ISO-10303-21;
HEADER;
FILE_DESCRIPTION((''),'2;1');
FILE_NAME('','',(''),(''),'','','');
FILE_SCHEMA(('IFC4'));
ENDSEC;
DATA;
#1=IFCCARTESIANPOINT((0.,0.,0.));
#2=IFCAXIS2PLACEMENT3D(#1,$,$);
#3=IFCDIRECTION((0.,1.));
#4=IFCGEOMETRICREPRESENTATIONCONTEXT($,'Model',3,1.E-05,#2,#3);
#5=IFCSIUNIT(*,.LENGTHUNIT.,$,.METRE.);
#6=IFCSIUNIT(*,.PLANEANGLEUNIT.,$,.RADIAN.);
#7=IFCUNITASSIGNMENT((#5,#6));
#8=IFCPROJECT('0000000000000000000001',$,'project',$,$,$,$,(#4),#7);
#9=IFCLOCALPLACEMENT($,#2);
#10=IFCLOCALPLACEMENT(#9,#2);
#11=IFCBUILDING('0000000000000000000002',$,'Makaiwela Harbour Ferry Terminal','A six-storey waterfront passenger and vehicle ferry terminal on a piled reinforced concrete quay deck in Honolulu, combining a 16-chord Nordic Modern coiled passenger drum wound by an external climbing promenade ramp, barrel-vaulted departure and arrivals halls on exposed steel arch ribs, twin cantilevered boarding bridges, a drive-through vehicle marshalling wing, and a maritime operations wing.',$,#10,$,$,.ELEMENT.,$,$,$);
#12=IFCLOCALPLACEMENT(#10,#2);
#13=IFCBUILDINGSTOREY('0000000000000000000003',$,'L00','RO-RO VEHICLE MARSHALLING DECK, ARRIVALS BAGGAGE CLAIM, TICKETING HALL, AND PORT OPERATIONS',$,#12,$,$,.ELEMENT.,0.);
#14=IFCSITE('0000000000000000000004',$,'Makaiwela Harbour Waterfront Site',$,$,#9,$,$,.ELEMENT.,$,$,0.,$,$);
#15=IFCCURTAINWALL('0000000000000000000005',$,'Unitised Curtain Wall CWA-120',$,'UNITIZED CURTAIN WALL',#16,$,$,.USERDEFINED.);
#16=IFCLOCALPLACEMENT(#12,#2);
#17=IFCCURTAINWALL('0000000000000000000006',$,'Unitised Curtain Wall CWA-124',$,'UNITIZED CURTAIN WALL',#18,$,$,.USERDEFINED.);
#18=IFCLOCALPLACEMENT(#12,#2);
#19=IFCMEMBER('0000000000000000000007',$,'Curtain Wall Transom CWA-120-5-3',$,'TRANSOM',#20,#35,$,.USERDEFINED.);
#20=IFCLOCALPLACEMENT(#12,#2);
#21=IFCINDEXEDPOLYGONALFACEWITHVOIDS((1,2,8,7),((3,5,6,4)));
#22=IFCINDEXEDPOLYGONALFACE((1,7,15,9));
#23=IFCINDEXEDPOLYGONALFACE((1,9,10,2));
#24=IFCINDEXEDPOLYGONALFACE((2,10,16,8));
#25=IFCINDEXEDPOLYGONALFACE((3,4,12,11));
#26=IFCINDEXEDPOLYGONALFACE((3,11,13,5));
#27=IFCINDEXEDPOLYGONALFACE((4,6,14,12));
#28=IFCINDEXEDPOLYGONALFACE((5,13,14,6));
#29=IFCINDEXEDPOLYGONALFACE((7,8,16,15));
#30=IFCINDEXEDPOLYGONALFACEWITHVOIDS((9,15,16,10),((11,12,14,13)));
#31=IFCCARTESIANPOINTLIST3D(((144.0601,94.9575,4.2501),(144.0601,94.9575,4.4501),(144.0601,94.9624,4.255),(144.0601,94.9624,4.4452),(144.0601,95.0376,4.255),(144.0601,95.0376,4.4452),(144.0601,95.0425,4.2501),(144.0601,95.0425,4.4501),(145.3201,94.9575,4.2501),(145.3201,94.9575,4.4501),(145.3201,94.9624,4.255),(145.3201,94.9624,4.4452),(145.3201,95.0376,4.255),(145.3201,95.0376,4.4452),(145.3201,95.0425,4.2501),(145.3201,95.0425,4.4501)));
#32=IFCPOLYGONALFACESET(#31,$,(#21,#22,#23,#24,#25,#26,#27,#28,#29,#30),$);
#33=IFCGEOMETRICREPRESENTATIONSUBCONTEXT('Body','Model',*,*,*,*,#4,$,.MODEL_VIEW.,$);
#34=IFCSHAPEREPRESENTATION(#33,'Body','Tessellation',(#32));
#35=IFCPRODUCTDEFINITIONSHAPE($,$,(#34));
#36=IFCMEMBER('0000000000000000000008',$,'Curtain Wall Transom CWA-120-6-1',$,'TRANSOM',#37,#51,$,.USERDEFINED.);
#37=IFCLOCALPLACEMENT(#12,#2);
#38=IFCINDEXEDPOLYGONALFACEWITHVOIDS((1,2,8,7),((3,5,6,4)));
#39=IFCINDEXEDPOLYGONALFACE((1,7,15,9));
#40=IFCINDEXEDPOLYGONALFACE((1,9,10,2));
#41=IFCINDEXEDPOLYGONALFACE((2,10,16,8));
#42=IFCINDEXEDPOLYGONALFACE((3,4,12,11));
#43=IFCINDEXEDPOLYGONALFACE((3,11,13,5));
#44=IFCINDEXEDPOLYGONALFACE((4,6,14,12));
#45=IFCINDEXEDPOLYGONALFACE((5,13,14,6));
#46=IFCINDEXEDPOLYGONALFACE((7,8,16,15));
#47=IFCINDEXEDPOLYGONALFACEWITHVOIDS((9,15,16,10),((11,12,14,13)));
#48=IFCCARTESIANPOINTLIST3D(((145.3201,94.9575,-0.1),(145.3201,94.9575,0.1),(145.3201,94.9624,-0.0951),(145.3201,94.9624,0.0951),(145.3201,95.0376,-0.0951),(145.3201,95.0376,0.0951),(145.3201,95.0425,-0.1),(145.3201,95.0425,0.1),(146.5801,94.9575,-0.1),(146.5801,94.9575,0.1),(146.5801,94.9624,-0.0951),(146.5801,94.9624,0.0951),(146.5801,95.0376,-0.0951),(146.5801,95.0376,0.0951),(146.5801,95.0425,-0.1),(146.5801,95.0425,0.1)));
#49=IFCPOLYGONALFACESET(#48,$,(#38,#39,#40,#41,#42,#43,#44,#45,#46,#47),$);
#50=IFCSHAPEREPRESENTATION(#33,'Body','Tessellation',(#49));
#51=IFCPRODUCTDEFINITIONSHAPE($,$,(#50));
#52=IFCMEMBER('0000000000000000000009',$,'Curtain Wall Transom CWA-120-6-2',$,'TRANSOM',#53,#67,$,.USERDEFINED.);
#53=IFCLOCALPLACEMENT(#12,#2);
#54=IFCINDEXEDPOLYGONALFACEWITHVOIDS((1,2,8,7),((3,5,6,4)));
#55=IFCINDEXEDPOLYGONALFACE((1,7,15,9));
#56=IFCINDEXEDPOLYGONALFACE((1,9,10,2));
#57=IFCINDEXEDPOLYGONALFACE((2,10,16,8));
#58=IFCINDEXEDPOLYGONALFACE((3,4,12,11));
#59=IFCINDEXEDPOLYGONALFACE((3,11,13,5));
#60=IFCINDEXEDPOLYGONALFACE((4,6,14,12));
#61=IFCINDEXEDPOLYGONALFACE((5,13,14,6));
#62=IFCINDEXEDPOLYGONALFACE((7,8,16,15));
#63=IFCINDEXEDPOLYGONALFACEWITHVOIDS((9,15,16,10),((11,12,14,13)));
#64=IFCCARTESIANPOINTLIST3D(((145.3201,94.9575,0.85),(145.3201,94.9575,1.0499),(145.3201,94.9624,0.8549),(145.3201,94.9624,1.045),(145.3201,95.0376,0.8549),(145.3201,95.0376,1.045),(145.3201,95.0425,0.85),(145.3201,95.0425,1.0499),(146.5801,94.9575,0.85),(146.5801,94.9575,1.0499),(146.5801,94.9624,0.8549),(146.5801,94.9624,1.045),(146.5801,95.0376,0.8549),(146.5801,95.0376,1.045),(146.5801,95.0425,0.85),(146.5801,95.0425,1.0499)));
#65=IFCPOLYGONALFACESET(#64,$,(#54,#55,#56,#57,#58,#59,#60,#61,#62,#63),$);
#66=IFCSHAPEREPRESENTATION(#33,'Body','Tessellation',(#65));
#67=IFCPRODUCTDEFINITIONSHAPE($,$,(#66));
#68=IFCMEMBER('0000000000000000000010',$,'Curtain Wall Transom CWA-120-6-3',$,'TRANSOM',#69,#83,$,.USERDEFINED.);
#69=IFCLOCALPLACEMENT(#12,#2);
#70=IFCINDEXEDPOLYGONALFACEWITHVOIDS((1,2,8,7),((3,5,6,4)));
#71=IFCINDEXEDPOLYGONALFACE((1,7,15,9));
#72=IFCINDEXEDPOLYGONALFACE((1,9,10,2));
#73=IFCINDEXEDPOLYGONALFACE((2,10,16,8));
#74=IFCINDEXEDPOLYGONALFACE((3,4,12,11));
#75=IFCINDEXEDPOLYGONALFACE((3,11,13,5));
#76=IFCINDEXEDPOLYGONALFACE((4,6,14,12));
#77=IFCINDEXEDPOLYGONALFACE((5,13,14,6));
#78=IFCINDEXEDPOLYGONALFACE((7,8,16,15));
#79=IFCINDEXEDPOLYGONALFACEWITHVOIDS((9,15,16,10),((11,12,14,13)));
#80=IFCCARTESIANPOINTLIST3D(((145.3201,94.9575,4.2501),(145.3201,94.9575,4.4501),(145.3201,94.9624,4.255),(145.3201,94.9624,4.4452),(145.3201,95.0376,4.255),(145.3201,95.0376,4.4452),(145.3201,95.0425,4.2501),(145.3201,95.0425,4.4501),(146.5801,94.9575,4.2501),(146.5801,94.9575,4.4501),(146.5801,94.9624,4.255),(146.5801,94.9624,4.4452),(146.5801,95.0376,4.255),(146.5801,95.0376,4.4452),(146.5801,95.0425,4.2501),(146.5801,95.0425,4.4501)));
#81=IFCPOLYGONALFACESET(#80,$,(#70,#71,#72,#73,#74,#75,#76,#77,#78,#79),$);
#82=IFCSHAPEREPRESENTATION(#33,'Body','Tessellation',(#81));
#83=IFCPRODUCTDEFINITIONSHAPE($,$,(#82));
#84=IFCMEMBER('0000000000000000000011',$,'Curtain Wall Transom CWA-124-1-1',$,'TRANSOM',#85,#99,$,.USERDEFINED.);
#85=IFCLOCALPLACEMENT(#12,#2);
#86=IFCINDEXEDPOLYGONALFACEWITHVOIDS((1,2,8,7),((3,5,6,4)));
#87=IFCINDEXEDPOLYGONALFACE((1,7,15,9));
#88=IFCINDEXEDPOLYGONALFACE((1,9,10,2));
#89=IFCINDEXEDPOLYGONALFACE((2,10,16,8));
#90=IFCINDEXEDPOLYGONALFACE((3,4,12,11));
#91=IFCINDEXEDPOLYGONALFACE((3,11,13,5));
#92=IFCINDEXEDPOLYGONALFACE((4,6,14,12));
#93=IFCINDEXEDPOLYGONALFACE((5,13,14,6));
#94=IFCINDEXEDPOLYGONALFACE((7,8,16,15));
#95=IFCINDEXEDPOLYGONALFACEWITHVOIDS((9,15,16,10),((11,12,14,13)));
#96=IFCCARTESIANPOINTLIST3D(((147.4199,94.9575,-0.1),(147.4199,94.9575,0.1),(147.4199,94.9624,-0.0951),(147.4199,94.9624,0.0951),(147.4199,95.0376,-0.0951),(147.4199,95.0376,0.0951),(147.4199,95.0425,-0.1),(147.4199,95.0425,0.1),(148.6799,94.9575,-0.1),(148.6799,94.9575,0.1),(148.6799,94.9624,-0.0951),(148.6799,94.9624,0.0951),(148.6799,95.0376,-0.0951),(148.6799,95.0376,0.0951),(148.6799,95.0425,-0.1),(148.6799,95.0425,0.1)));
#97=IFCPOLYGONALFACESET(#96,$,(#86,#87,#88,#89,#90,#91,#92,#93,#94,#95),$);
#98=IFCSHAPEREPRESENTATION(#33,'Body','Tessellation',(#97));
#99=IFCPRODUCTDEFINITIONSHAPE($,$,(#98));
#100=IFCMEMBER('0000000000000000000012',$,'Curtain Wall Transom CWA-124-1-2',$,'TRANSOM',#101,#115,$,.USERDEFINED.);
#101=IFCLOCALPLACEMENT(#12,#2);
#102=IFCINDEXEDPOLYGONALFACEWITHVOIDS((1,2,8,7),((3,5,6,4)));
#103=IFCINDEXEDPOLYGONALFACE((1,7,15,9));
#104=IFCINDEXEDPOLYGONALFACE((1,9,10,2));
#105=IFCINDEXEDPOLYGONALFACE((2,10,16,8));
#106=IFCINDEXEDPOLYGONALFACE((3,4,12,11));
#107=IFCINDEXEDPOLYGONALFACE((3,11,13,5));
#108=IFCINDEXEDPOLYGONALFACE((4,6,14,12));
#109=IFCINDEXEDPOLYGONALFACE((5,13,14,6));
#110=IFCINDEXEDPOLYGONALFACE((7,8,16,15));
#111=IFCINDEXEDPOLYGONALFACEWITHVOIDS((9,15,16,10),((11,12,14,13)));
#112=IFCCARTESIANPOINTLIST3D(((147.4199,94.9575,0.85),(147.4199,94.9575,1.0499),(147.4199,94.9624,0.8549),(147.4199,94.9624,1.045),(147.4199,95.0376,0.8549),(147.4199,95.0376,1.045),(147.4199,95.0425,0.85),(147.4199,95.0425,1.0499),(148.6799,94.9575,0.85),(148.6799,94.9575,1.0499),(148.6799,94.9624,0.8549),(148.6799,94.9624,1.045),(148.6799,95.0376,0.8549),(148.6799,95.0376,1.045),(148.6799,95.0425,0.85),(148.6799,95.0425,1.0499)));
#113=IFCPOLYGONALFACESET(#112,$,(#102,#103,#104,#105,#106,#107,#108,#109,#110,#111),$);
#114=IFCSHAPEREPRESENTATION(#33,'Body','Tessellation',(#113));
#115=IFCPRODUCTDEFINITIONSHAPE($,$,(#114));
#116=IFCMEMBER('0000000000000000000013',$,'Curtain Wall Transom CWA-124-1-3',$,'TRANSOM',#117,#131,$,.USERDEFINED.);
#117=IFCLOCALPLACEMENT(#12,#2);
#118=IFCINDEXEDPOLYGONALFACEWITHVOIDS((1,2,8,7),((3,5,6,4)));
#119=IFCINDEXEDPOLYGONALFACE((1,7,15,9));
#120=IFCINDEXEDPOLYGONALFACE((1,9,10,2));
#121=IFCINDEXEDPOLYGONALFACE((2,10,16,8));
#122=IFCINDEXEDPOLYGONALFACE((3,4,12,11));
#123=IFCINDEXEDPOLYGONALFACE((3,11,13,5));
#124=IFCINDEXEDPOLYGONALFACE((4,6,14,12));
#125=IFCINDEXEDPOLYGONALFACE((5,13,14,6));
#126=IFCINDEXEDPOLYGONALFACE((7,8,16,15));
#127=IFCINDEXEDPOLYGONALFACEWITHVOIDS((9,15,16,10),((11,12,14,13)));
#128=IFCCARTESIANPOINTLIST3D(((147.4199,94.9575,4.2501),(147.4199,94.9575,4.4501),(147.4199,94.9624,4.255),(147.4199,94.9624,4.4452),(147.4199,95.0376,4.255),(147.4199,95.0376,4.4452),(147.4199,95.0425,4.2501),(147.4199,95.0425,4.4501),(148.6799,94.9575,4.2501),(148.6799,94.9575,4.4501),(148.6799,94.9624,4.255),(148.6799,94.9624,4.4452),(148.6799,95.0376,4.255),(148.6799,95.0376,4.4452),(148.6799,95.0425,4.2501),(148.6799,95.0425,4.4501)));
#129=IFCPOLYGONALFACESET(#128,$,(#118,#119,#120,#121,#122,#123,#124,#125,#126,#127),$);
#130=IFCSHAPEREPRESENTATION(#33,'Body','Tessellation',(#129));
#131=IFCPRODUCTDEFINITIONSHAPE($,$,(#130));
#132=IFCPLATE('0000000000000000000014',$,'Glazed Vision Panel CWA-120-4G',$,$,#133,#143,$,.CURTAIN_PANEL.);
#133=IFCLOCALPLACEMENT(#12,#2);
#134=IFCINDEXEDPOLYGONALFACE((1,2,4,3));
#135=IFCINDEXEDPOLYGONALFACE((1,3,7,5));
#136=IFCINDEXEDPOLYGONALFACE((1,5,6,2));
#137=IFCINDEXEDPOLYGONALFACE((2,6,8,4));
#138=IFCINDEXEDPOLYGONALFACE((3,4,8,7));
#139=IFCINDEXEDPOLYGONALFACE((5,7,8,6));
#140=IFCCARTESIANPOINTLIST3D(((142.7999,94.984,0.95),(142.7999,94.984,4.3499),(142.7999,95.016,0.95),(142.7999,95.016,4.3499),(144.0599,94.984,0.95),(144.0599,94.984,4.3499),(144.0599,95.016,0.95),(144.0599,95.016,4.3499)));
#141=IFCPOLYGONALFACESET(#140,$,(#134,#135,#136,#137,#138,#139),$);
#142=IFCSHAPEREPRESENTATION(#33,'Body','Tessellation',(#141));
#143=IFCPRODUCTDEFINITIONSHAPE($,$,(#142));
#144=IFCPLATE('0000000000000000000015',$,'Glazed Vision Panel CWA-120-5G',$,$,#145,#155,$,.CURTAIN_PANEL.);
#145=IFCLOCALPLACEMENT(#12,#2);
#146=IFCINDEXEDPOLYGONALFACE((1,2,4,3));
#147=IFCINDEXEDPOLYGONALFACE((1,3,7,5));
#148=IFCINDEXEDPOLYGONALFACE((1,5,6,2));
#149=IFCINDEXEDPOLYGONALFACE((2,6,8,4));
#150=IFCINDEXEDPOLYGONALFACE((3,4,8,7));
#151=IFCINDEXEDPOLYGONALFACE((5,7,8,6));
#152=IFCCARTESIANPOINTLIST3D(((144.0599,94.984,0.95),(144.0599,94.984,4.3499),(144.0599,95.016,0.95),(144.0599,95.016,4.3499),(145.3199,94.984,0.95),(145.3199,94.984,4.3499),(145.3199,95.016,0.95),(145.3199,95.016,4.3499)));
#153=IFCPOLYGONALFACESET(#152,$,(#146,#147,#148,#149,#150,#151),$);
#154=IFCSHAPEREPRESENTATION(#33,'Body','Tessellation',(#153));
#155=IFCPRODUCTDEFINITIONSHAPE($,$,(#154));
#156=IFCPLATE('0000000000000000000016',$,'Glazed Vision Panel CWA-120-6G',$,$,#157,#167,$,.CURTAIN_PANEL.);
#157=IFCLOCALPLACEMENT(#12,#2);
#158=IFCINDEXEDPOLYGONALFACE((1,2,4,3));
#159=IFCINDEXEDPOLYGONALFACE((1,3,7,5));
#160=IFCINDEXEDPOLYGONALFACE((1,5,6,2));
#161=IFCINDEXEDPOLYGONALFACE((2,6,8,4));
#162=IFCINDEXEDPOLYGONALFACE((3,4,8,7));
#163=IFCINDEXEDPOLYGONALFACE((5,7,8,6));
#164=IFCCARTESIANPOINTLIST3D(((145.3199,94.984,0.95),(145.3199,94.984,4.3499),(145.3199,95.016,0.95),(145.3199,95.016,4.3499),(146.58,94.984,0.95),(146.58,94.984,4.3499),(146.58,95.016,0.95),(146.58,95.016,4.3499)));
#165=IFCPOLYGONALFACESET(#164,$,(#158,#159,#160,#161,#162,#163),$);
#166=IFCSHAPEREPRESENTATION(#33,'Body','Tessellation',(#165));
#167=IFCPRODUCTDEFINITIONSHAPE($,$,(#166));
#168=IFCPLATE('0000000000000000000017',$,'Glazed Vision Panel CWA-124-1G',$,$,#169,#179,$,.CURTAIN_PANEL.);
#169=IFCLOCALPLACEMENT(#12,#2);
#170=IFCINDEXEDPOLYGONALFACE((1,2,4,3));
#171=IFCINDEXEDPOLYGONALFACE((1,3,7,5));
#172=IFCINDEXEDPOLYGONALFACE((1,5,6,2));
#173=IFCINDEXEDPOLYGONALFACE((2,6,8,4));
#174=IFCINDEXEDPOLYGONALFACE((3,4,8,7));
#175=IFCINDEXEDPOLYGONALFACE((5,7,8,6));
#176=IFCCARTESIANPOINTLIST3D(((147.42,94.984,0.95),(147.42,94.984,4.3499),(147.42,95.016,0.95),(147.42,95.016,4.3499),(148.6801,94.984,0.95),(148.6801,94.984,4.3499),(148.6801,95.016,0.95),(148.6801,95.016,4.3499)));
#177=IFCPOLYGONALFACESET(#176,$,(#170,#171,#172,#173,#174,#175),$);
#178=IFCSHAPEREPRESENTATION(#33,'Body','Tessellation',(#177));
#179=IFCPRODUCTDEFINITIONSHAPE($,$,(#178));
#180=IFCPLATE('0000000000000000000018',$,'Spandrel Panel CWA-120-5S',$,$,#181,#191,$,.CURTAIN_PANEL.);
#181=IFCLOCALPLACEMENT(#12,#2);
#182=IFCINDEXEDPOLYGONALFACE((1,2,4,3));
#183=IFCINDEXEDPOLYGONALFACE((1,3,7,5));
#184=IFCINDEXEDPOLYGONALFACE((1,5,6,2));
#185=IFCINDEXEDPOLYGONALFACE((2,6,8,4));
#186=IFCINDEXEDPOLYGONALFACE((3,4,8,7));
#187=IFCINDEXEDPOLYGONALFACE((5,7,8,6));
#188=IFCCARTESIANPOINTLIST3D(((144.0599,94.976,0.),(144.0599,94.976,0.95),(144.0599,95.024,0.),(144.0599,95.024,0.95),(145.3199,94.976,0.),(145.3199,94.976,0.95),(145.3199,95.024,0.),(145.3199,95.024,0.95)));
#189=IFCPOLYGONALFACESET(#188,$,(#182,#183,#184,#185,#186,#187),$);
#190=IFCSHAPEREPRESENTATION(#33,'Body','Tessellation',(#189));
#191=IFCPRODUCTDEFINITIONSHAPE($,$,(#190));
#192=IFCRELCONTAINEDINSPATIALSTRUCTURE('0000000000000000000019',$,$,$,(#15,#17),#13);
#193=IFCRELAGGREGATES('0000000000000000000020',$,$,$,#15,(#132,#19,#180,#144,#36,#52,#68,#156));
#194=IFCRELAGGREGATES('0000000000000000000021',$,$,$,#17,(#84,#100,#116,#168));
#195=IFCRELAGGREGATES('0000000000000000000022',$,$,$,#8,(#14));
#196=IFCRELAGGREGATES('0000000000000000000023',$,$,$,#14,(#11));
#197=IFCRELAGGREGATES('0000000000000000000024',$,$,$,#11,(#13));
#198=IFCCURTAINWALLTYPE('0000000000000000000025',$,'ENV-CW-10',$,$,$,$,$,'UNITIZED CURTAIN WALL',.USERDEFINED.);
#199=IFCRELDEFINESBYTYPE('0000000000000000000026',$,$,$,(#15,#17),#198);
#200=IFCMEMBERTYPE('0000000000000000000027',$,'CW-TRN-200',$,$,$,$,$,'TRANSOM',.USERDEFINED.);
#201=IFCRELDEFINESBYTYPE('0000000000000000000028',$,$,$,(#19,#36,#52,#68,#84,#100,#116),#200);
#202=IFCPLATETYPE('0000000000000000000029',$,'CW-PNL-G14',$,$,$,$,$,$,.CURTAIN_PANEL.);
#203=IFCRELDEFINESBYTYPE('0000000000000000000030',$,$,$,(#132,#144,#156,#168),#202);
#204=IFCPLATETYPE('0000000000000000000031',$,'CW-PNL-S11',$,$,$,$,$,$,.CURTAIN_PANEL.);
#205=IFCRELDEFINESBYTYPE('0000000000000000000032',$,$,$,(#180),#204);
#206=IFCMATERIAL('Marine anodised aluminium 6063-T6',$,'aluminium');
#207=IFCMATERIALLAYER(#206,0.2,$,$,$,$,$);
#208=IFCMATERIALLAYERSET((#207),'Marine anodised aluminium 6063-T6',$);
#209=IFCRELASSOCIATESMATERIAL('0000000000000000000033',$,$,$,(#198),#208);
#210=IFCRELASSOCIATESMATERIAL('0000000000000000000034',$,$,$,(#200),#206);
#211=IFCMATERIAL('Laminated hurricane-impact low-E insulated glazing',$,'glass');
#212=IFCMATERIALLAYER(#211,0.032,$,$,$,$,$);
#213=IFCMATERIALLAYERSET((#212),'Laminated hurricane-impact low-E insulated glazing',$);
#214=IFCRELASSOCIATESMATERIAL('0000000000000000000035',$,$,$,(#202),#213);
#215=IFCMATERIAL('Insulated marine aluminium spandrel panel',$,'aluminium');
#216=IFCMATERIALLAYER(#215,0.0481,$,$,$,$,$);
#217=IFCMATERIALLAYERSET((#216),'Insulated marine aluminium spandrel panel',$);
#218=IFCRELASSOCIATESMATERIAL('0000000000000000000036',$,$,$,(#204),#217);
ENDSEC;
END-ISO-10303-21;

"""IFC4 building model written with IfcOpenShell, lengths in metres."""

from ifc_helpers import new_model, si_unit, direction, frame, origin, origin_2d, place, context, subcontext, project, spatial, rectangle, hollow_rectangle, extrude, material, layer, layer_set, material_profile, profile_set, type_object, element, aggregate, save


model = new_model("IFC4")

# Units and contexts
model_context = context("Model", 3, precision=1e-05, world=origin(), true_north=direction((0.0, 1.0)))
body_context = subcontext(model_context, "Body", "Model", "MODEL_VIEW")
ifc_project = project(units=[si_unit("LENGTHUNIT", "METRE"), si_unit("PLANEANGLEUNIT", "RADIAN")], contexts=[model_context])

# Site, building, storey
site_placement = place(None, origin())
site = spatial("IfcSite", under=ifc_project, at=site_placement, Name="Makaiwela Harbour Waterfront Site", CompositionType="ELEMENT", RefElevation=0.0)
building_placement = place(site_placement, origin())
building = spatial("IfcBuilding", under=site, at=building_placement, Name="Makaiwela Harbour Ferry Terminal", Description="A six-storey waterfront passenger and vehicle ferry terminal on a piled reinforced concrete quay deck in Honolulu, combining a 16-chord Nordic Modern coiled passenger drum wound by an external climbing promenade ramp, barrel-vaulted departure and arrivals halls on exposed steel arch ribs, twin cantilevered boarding bridges, a drive-through vehicle marshalling wing, and a maritime operations wing.", CompositionType="ELEMENT")
storey_placement = place(building_placement, origin())
storey = spatial("IfcBuildingStorey", under=building, at=storey_placement, Name="L00", Description="RO-RO VEHICLE MARSHALLING DECK, ARRIVALS BAGGAGE CLAIM, TICKETING HALL, AND PORT OPERATIONS", CompositionType="ELEMENT", Elevation=0.0)

# Curtain wall
ifc_material_1 = material(Name="Marine anodised aluminium 6063-T6", Category="aluminium")
ifc_layer_1 = layer(ifc_material_1, 0.2)
ifc_layer_set_1 = layer_set([ifc_layer_1], Name="Marine anodised aluminium 6063-T6")
curtain_wall_type = type_object("IfcCurtainWallType", Name="ENV-CW-10", ElementType="UNITIZED CURTAIN WALL", PredefinedType="USERDEFINED", material=ifc_layer_set_1)
curtain_wall_1_placement = place(storey_placement, origin())
curtain_wall_1 = element("IfcCurtainWall", 1, at=curtain_wall_1_placement, inside=storey, type_object=curtain_wall_type, Name="Unitised Curtain Wall CWA-120", ObjectType="UNITIZED CURTAIN WALL", PredefinedType="USERDEFINED")

# Curtain wall
curtain_wall_2_placement = place(storey_placement, origin())
curtain_wall_2 = element("IfcCurtainWall", 2, at=curtain_wall_2_placement, inside=storey, type_object=curtain_wall_type, Name="Unitised Curtain Wall CWA-124", ObjectType="UNITIZED CURTAIN WALL", PredefinedType="USERDEFINED")

# Members
ifc_material_profile_1 = material_profile(ifc_material_1, hollow_rectangle(XDim=0.085, YDim=0.2, WallThickness=0.0049, at=origin_2d()), Name="CWT-200X85")
ifc_profile_set_1 = profile_set([ifc_material_profile_1], Name="Marine anodised aluminium 6063-T6")
member_type_1 = type_object("IfcMemberType", Name="CW-TRN-200", ElementType="TRANSOM", PredefinedType="USERDEFINED", material=ifc_profile_set_1)
member_1_placement = place(storey_placement, frame((144.0601, 95.0, 4.3501), z_axis=(1.0, 0.0, 0.0), x_axis=(0.0, 1.0, 0.0)))
member_1 = element("IfcMember", 3, at=member_1_placement, type_object=member_type_1, Name="Curtain Wall Transom CWA-120-5-3", ObjectType="TRANSOM", PredefinedType="USERDEFINED", context=body_context, shape_type="SweptSolid", body=[
    extrude(hollow_rectangle(XDim=0.085, YDim=0.2, WallThickness=0.0049, at=origin_2d()), origin(), (0.0, 0.0, 1.0), 1.26),
])
member_2_placement = place(storey_placement, frame((145.3201, 95.0, 0.0), z_axis=(1.0, 0.0, 0.0), x_axis=(0.0, 1.0, 0.0)))
member_2 = element("IfcMember", 4, at=member_2_placement, type_object=member_type_1, Name="Curtain Wall Transom CWA-120-6-1", ObjectType="TRANSOM", PredefinedType="USERDEFINED", context=body_context, shape_type="SweptSolid", body=[
    extrude(hollow_rectangle(XDim=0.085, YDim=0.2, WallThickness=0.0049, at=origin_2d()), origin(), (0.0, 0.0, 1.0), 1.26),
])
member_3_placement = place(storey_placement, frame((145.3201, 95.0, 0.95), z_axis=(1.0, 0.0, 0.0), x_axis=(0.0, 1.0, 0.0)))
member_3 = element("IfcMember", 5, at=member_3_placement, type_object=member_type_1, Name="Curtain Wall Transom CWA-120-6-2", ObjectType="TRANSOM", PredefinedType="USERDEFINED", context=body_context, shape_type="SweptSolid", body=[
    extrude(hollow_rectangle(XDim=0.085, YDim=0.2, WallThickness=0.0049, at=origin_2d()), origin(), (0.0, 0.0, 1.0), 1.26),
])
member_4_placement = place(storey_placement, frame((145.3201, 95.0, 4.3501), z_axis=(1.0, 0.0, 0.0), x_axis=(0.0, 1.0, 0.0)))
member_4 = element("IfcMember", 6, at=member_4_placement, type_object=member_type_1, Name="Curtain Wall Transom CWA-120-6-3", ObjectType="TRANSOM", PredefinedType="USERDEFINED", context=body_context, shape_type="SweptSolid", body=[
    extrude(hollow_rectangle(XDim=0.085, YDim=0.2, WallThickness=0.0049, at=origin_2d()), origin(), (0.0, 0.0, 1.0), 1.26),
])
member_5_placement = place(storey_placement, frame((147.4199, 95.0, 0.0), z_axis=(1.0, 0.0, 0.0), x_axis=(0.0, 1.0, 0.0)))
member_5 = element("IfcMember", 7, at=member_5_placement, type_object=member_type_1, Name="Curtain Wall Transom CWA-124-1-1", ObjectType="TRANSOM", PredefinedType="USERDEFINED", context=body_context, shape_type="SweptSolid", body=[
    extrude(hollow_rectangle(XDim=0.085, YDim=0.2, WallThickness=0.0049, at=origin_2d()), origin(), (0.0, 0.0, 1.0), 1.26),
])
member_6_placement = place(storey_placement, frame((147.4199, 95.0, 0.95), z_axis=(1.0, 0.0, 0.0), x_axis=(0.0, 1.0, 0.0)))
member_6 = element("IfcMember", 8, at=member_6_placement, type_object=member_type_1, Name="Curtain Wall Transom CWA-124-1-2", ObjectType="TRANSOM", PredefinedType="USERDEFINED", context=body_context, shape_type="SweptSolid", body=[
    extrude(hollow_rectangle(XDim=0.085, YDim=0.2, WallThickness=0.0049, at=origin_2d()), origin(), (0.0, 0.0, 1.0), 1.26),
])
member_7_placement = place(storey_placement, frame((147.4199, 95.0, 4.3501), z_axis=(1.0, 0.0, 0.0), x_axis=(0.0, 1.0, 0.0)))
member_7 = element("IfcMember", 9, at=member_7_placement, type_object=member_type_1, Name="Curtain Wall Transom CWA-124-1-3", ObjectType="TRANSOM", PredefinedType="USERDEFINED", context=body_context, shape_type="SweptSolid", body=[
    extrude(hollow_rectangle(XDim=0.085, YDim=0.2, WallThickness=0.0049, at=origin_2d()), origin(), (0.0, 0.0, 1.0), 1.26),
])

# Plates
ifc_material_2 = material(Name="Laminated hurricane-impact low-E insulated glazing", Category="glass")
ifc_layer_2 = layer(ifc_material_2, 0.032)
ifc_layer_set_2 = layer_set([ifc_layer_2], Name="Laminated hurricane-impact low-E insulated glazing")
plate_type_1 = type_object("IfcPlateType", Name="CW-PNL-G14", PredefinedType="CURTAIN_PANEL", material=ifc_layer_set_2)
plate_1_placement = place(storey_placement, frame((143.4299, 95.0, 0.95), z_axis=(0.0, 0.0, 1.0), x_axis=(1.0, 0.0, 0.0)))
plate_1 = element("IfcPlate", 10, at=plate_1_placement, type_object=plate_type_1, Name="Glazed Vision Panel CWA-120-4G", PredefinedType="CURTAIN_PANEL", context=body_context, shape_type="SweptSolid", body=[
    extrude(rectangle(XDim=1.26, YDim=0.032, at=origin_2d()), origin(), (0.0, 0.0, 1.0), 3.3999),
])
plate_2_placement = place(storey_placement, frame((144.6899, 95.0, 0.95), z_axis=(0.0, 0.0, 1.0), x_axis=(1.0, 0.0, 0.0)))
plate_2 = element("IfcPlate", 11, at=plate_2_placement, type_object=plate_type_1, Name="Glazed Vision Panel CWA-120-5G", PredefinedType="CURTAIN_PANEL", context=body_context, shape_type="SweptSolid", body=[
    extrude(rectangle(XDim=1.26, YDim=0.032, at=origin_2d()), origin(), (0.0, 0.0, 1.0), 3.3999),
])
plate_3_placement = place(storey_placement, frame((145.95, 95.0, 0.95), z_axis=(0.0, 0.0, 1.0), x_axis=(1.0, 0.0, 0.0)))
plate_3 = element("IfcPlate", 12, at=plate_3_placement, type_object=plate_type_1, Name="Glazed Vision Panel CWA-120-6G", PredefinedType="CURTAIN_PANEL", context=body_context, shape_type="SweptSolid", body=[
    extrude(rectangle(XDim=1.26, YDim=0.032, at=origin_2d()), origin(), (0.0, 0.0, 1.0), 3.3999),
])
plate_4_placement = place(storey_placement, frame((148.05, 95.0, 0.95), z_axis=(0.0, 0.0, 1.0), x_axis=(1.0, 0.0, 0.0)))
plate_4 = element("IfcPlate", 13, at=plate_4_placement, type_object=plate_type_1, Name="Glazed Vision Panel CWA-124-1G", PredefinedType="CURTAIN_PANEL", context=body_context, shape_type="SweptSolid", body=[
    extrude(rectangle(XDim=1.26, YDim=0.032, at=origin_2d()), origin(), (0.0, 0.0, 1.0), 3.3999),
])
ifc_material_3 = material(Name="Insulated marine aluminium spandrel panel", Category="aluminium")
ifc_layer_3 = layer(ifc_material_3, 0.0481)
ifc_layer_set_3 = layer_set([ifc_layer_3], Name="Insulated marine aluminium spandrel panel")
plate_type_2 = type_object("IfcPlateType", Name="CW-PNL-S11", PredefinedType="CURTAIN_PANEL", material=ifc_layer_set_3)
plate_5_placement = place(storey_placement, frame((144.6899, 95.0, 0.0), z_axis=(0.0, 0.0, 1.0), x_axis=(1.0, 0.0, 0.0)))
plate_5 = element("IfcPlate", 14, at=plate_5_placement, type_object=plate_type_2, Name="Spandrel Panel CWA-120-5S", PredefinedType="CURTAIN_PANEL", context=body_context, shape_type="SweptSolid", body=[
    extrude(rectangle(XDim=1.26, YDim=0.0481, at=origin_2d()), origin(), (0.0, 0.0, 1.0), 0.95),
])
aggregate(curtain_wall_1, [plate_1, member_1, plate_5, plate_2, member_2, member_3, member_4, plate_3])
aggregate(curtain_wall_2, [member_5, member_6, member_7, plate_4])

save(model, "model.ifc")
